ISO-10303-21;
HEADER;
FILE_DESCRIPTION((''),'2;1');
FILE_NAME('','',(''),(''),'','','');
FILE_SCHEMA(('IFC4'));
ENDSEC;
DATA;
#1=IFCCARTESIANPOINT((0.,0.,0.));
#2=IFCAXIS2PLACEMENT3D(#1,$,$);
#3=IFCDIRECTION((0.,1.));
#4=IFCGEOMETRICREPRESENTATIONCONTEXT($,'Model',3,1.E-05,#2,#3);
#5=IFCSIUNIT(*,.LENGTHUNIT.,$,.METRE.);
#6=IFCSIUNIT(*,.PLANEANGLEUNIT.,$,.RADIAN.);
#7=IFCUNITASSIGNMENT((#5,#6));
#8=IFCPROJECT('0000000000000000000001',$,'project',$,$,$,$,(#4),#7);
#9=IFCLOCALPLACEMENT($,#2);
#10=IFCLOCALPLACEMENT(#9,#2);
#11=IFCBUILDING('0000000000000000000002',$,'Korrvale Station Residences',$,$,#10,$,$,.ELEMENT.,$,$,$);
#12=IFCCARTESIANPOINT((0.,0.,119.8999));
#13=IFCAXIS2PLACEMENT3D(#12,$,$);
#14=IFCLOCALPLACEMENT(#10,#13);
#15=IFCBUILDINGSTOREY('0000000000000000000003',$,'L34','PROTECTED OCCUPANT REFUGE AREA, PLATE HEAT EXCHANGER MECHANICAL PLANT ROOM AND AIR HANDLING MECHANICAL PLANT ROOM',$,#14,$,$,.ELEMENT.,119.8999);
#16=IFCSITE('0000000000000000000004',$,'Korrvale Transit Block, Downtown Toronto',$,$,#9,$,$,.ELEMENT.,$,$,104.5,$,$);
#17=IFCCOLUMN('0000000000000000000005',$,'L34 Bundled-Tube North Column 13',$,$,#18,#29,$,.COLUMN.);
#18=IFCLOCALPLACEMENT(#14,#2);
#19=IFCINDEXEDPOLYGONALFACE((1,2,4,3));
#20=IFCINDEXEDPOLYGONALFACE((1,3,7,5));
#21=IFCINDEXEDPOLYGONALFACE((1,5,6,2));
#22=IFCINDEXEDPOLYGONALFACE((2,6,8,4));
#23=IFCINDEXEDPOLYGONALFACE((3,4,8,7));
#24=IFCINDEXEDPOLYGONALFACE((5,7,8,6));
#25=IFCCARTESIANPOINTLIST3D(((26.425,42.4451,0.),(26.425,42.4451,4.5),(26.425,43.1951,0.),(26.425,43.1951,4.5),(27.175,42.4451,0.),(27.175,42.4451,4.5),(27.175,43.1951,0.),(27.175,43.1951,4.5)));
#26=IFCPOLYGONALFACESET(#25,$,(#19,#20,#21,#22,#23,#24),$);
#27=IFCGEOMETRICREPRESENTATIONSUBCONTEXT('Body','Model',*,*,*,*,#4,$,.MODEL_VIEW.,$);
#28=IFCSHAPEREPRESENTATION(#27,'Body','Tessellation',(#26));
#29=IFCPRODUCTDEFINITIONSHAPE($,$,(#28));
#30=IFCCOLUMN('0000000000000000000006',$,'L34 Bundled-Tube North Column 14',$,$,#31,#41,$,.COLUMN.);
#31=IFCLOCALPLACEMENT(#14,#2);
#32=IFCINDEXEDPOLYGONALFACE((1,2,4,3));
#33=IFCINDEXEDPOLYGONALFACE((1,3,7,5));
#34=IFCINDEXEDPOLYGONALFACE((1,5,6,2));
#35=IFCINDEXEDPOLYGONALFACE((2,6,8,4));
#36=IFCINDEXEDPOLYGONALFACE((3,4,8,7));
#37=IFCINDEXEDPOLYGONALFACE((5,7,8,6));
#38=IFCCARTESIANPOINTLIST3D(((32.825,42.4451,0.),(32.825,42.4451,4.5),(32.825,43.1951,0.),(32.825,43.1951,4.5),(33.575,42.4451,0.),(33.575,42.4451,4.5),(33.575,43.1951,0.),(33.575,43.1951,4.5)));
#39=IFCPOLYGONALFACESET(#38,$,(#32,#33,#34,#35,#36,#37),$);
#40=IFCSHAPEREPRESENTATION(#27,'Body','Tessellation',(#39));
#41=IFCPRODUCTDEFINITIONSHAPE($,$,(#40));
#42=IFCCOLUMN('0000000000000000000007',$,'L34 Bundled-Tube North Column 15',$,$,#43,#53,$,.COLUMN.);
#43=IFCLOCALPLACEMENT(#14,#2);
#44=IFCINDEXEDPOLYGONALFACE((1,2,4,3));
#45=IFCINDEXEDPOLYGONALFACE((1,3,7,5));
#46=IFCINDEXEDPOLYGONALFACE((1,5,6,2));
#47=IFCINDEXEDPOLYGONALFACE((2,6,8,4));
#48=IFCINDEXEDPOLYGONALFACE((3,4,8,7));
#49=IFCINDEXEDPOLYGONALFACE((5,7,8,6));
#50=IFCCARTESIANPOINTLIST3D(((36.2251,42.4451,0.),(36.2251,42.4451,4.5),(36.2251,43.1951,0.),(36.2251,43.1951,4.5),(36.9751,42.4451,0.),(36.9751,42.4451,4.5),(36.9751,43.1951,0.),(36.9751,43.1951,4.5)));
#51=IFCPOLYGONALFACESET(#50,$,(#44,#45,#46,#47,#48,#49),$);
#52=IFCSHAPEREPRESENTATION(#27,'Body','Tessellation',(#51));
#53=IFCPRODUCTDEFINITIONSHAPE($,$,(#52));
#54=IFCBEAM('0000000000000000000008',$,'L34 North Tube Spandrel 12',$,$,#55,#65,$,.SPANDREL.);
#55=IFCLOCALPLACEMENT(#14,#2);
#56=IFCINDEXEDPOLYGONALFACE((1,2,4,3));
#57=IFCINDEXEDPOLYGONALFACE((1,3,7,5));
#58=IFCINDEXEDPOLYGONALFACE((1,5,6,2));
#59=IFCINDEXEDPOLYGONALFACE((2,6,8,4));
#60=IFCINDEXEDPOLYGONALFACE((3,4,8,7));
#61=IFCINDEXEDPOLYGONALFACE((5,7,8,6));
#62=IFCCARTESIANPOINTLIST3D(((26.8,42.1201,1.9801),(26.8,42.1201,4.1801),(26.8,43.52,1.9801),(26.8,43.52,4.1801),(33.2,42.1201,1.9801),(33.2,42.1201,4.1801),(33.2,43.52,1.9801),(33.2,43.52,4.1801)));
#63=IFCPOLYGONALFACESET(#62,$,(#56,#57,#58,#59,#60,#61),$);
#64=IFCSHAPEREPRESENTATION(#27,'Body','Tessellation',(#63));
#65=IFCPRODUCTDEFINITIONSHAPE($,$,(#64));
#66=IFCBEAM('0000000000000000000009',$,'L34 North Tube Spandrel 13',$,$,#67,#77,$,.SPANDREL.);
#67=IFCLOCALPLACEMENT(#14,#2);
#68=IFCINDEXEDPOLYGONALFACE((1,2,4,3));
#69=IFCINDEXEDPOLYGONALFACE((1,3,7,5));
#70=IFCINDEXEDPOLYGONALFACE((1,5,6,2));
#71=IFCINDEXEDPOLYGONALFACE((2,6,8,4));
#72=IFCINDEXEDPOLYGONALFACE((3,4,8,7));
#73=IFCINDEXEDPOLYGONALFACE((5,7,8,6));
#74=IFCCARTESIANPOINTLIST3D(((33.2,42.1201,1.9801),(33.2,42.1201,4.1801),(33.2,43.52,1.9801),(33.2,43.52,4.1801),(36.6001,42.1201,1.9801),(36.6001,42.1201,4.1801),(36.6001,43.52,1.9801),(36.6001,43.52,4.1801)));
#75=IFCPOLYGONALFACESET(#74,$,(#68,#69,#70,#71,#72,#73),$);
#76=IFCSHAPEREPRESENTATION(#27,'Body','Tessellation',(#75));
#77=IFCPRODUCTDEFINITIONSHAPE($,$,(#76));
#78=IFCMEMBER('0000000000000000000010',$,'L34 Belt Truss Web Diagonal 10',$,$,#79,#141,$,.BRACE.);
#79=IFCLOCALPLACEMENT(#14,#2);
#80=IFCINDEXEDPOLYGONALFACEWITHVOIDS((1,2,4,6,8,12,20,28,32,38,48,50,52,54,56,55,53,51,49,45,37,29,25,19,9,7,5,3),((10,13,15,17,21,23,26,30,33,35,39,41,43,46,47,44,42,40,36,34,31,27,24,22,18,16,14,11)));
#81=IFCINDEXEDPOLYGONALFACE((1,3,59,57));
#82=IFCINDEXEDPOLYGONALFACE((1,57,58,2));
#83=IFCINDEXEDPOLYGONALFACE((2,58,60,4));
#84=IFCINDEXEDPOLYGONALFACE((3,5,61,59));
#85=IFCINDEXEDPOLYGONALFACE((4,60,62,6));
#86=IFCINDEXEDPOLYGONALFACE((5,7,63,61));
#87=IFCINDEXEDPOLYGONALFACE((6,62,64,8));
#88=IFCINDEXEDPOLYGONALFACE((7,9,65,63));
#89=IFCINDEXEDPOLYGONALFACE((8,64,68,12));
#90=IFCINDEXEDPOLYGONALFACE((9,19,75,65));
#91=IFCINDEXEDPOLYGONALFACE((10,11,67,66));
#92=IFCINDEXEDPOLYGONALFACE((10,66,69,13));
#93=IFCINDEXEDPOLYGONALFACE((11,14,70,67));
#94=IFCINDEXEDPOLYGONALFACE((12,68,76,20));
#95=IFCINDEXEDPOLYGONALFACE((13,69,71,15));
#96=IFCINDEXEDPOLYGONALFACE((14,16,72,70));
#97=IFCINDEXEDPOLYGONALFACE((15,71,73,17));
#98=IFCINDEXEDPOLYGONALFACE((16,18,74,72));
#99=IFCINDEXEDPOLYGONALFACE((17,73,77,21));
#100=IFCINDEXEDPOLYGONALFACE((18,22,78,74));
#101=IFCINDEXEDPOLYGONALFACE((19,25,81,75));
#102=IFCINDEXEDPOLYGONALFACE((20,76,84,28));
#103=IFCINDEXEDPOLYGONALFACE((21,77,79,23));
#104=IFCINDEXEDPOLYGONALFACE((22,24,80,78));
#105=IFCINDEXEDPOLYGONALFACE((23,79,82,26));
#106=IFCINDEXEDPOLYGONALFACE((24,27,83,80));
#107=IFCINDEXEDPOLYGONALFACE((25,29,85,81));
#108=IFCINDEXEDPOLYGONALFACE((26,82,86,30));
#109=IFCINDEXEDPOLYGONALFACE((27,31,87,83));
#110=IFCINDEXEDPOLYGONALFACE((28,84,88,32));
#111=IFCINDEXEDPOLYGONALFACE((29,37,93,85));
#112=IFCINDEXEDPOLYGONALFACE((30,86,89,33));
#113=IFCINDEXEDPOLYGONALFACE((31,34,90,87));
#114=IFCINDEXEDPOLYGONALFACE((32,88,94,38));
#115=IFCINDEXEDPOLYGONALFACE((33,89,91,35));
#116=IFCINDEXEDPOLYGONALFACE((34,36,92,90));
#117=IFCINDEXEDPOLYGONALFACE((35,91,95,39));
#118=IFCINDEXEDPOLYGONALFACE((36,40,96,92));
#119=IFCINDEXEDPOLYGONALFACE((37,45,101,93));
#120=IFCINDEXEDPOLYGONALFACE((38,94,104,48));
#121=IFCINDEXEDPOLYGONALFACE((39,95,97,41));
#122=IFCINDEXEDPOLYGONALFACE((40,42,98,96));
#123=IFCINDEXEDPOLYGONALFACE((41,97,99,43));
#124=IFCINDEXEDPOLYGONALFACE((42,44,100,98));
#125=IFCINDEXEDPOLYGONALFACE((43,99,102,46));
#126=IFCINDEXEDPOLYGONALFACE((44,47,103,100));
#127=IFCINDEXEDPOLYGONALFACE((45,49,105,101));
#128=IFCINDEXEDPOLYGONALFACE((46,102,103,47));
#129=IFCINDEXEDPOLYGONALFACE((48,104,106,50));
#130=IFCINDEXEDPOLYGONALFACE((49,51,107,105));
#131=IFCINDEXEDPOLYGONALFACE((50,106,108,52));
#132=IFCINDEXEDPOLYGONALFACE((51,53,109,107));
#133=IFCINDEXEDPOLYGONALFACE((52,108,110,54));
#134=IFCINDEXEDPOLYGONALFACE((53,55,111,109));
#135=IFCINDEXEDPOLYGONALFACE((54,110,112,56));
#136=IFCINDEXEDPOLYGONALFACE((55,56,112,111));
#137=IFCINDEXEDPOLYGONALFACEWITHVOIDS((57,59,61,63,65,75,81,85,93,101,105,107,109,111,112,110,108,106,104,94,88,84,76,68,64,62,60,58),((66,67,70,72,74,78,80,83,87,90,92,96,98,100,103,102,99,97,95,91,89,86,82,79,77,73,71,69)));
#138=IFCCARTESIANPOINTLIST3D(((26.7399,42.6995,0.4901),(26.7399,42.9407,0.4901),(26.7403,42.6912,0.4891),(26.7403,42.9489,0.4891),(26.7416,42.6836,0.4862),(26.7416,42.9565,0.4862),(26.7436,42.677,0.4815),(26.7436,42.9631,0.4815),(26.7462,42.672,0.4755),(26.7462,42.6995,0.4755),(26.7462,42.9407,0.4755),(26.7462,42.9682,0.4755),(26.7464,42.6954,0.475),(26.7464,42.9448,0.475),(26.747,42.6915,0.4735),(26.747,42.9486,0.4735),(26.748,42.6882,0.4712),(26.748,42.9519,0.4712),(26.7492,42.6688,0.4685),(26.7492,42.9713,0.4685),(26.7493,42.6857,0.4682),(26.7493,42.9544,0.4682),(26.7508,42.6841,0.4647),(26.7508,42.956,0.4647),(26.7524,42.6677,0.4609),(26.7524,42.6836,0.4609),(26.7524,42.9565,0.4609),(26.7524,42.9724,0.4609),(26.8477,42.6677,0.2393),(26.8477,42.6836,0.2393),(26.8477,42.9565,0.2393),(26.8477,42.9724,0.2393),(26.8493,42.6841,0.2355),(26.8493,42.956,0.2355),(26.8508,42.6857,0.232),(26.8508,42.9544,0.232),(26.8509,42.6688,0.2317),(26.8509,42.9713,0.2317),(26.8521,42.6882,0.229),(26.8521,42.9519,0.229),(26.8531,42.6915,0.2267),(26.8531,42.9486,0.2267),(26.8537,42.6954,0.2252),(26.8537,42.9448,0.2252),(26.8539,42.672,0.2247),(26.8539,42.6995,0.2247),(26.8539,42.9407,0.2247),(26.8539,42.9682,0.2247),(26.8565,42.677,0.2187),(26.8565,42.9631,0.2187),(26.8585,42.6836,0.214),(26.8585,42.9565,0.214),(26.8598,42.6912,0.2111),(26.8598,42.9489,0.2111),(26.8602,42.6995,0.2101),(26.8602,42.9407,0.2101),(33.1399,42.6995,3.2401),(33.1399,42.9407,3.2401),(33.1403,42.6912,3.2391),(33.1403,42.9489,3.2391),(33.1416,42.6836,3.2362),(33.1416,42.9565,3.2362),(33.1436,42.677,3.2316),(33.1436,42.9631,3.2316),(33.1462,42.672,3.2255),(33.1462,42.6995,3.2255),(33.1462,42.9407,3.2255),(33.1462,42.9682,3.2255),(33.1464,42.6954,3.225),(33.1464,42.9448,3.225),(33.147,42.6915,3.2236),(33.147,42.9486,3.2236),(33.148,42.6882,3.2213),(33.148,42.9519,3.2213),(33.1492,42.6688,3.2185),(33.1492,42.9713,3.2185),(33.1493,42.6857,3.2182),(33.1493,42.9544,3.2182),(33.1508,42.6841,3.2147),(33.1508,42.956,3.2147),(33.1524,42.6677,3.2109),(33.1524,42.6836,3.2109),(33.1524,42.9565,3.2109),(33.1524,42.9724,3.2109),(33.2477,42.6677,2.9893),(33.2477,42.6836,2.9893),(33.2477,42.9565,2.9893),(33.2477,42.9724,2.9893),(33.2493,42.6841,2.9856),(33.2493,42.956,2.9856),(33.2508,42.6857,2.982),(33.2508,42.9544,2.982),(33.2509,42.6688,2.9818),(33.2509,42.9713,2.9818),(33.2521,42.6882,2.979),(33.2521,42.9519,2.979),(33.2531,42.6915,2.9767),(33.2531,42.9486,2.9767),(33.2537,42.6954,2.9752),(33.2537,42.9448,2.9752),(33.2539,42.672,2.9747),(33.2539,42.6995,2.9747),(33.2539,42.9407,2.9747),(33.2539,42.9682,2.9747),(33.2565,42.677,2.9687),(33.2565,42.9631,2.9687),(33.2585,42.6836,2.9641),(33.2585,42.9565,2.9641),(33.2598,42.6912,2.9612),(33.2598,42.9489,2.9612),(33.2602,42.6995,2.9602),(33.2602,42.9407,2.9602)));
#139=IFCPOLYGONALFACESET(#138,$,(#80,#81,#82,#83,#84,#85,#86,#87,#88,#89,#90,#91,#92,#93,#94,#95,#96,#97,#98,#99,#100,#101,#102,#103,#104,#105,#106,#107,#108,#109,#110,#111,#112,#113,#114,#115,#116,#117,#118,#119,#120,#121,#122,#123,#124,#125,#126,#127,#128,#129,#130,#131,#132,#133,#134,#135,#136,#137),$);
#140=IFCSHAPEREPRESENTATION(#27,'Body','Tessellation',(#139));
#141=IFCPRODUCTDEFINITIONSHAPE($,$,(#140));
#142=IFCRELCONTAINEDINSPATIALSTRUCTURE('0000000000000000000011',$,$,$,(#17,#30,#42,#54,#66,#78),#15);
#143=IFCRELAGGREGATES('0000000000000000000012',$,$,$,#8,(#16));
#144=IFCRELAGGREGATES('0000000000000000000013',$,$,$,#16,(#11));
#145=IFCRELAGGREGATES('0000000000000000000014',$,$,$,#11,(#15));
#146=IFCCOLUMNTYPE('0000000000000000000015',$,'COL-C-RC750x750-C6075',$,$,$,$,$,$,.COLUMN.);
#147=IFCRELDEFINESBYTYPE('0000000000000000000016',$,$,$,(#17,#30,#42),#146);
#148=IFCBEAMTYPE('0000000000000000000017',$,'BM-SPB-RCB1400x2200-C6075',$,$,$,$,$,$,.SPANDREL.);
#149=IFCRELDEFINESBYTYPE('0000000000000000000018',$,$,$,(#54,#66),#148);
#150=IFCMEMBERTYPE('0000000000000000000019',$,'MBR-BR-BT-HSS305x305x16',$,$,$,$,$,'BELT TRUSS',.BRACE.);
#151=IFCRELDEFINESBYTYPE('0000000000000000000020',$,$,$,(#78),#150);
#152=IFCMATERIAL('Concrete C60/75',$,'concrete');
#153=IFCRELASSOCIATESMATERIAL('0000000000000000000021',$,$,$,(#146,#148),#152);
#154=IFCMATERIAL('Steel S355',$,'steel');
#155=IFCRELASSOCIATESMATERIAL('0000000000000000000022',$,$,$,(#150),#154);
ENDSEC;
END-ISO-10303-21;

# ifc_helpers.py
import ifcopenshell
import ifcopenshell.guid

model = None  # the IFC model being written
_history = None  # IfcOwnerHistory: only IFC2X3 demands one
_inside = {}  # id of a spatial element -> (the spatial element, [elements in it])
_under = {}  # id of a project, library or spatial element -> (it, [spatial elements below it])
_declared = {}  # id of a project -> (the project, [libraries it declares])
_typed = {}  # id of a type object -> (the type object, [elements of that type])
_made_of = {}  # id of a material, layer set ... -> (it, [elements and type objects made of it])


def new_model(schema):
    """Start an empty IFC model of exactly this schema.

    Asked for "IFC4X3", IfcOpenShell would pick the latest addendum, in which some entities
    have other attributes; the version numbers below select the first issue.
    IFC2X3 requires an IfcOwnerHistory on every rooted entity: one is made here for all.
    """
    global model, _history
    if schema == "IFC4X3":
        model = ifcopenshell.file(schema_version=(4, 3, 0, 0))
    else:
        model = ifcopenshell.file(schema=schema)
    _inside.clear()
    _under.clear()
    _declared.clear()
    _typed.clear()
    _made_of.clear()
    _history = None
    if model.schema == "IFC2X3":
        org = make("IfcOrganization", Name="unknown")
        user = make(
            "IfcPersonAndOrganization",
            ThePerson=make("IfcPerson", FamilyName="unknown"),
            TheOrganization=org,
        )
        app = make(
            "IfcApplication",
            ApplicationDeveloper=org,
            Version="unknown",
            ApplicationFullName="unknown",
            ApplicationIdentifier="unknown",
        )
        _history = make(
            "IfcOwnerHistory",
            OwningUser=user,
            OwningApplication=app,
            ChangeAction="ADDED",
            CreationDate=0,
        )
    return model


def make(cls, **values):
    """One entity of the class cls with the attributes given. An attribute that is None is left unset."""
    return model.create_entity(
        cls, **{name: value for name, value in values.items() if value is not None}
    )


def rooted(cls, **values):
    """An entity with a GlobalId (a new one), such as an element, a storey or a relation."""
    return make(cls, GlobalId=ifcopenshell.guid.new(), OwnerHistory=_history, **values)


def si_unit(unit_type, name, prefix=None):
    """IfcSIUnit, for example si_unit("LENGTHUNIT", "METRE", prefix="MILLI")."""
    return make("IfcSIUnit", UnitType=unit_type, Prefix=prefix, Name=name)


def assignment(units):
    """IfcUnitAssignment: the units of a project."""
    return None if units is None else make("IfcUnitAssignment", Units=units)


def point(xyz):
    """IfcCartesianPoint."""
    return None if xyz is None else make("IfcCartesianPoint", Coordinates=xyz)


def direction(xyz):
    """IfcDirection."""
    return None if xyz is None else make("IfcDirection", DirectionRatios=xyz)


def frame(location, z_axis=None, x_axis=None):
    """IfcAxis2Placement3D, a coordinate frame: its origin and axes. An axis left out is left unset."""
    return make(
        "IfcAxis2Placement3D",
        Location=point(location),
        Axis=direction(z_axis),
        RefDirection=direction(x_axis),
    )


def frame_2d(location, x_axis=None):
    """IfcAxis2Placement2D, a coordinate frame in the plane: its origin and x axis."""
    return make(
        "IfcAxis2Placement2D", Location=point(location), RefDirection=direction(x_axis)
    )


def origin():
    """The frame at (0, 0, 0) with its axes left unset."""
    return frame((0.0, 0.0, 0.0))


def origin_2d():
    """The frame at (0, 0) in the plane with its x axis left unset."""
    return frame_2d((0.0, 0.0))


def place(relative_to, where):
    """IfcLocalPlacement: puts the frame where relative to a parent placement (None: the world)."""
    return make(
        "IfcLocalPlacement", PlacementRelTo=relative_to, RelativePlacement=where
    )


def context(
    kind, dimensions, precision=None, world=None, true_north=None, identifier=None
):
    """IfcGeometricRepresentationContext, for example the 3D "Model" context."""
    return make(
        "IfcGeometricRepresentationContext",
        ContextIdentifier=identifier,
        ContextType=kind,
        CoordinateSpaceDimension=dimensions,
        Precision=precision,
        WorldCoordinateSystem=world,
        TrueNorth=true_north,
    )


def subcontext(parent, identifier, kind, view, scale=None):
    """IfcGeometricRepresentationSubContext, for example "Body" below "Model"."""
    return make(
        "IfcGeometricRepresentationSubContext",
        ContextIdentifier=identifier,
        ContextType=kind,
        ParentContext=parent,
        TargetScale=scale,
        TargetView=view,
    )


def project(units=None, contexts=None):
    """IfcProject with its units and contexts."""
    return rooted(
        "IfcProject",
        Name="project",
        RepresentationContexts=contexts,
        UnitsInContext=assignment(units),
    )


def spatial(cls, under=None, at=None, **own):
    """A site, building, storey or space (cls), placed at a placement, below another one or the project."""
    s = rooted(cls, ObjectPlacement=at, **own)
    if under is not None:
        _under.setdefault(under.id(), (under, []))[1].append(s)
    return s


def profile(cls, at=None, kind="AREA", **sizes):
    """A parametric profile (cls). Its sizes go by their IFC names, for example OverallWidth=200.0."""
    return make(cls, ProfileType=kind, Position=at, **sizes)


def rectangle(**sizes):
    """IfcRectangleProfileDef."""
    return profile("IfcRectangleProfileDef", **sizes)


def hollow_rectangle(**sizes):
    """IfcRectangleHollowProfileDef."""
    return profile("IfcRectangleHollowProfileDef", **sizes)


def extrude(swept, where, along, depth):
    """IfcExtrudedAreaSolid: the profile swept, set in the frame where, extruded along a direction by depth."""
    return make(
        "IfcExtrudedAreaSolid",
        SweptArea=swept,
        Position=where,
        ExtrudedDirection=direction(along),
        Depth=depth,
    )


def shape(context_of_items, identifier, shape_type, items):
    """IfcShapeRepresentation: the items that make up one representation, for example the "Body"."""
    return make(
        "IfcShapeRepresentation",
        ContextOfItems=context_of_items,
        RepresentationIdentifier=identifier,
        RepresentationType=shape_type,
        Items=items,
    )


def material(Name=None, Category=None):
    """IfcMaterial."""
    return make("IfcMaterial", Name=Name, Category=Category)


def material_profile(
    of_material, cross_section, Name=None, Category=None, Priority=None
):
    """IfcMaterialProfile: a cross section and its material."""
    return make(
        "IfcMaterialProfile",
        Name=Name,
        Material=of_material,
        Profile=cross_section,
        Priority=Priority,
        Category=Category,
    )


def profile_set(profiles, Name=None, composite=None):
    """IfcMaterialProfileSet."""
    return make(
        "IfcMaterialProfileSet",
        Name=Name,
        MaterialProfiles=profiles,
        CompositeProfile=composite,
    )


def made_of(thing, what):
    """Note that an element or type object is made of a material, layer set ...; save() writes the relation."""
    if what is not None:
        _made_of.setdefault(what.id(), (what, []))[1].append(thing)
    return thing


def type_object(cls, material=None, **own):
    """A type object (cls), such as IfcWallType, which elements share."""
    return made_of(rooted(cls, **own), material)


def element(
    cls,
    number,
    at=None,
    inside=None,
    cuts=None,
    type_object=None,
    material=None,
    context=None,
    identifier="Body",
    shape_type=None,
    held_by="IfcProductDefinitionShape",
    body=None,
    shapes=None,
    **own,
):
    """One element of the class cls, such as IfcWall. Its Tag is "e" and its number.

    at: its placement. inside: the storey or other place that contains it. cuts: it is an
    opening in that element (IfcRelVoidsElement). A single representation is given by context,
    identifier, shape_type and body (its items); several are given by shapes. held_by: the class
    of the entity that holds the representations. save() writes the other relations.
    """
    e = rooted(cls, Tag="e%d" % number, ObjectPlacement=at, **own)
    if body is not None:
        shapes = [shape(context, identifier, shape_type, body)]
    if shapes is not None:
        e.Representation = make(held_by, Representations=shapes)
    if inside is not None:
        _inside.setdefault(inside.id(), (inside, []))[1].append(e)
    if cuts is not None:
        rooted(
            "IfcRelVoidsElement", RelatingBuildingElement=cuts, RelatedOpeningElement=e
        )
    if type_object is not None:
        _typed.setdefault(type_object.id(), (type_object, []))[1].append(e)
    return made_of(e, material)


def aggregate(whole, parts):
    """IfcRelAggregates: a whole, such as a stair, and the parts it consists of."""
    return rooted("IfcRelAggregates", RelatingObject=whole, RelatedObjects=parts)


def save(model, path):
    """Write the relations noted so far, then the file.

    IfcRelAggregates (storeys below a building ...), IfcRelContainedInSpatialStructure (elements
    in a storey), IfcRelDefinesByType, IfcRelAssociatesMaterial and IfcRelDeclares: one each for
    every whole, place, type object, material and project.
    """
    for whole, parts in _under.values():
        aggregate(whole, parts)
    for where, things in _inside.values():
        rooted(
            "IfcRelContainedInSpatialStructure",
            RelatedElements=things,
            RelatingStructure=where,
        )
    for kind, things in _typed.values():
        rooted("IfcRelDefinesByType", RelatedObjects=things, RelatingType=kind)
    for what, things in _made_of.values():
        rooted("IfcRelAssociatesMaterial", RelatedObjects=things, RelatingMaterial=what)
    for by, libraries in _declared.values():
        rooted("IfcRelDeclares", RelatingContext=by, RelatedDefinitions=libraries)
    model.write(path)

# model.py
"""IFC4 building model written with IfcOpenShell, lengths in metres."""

from ifc_helpers import new_model, si_unit, direction, frame, origin, origin_2d, place, context, subcontext, project, spatial, rectangle, hollow_rectangle, extrude, material, material_profile, profile_set, type_object, element, save


model = new_model("IFC4")

# Units and contexts
model_context = context("Model", 3, precision=1e-05, world=origin(), true_north=direction((0.0, 1.0)))
body_context = subcontext(model_context, "Body", "Model", "MODEL_VIEW")
ifc_project = project(units=[si_unit("LENGTHUNIT", "METRE"), si_unit("PLANEANGLEUNIT", "RADIAN")], contexts=[model_context])

# Site, building, storey
site_placement = place(None, origin())
site = spatial("IfcSite", under=ifc_project, at=site_placement, Name="Korrvale Transit Block, Downtown Toronto", CompositionType="ELEMENT", RefElevation=104.5)
building_placement = place(site_placement, origin())
building = spatial("IfcBuilding", under=site, at=building_placement, Name="Korrvale Station Residences", CompositionType="ELEMENT")
storey_placement = place(building_placement, frame((0.0, 0.0, 119.8999)))
storey = spatial("IfcBuildingStorey", under=building, at=storey_placement, Name="L34", Description="PROTECTED OCCUPANT REFUGE AREA, PLATE HEAT EXCHANGER MECHANICAL PLANT ROOM AND AIR HANDLING MECHANICAL PLANT ROOM", CompositionType="ELEMENT", Elevation=119.8999)

# Columns
ifc_material_1 = material(Name="Concrete C60/75", Category="concrete")
ifc_material_profile_1 = material_profile(ifc_material_1, rectangle(XDim=0.75, YDim=0.75, at=origin_2d()), Name="RC750x750")
ifc_profile_set_1 = profile_set([ifc_material_profile_1], Name="Concrete C60/75")
column_type = type_object("IfcColumnType", Name="COL-C-RC750x750-C6075", PredefinedType="COLUMN", material=ifc_profile_set_1)
for number, where, z_axis, x_axis, name in (
    (1, (26.8, 42.8201, 0.0), (0.0, 0.0, 1.0), (1.0, 0.0, 0.0), "L34 Bundled-Tube North Column 13"),
    (2, (33.2, 42.8201, 0.0), (0.0, 0.0, 1.0), (1.0, 0.0, 0.0), "L34 Bundled-Tube North Column 14"),
    (3, (36.6001, 42.8201, 0.0), (0.0, 0.0, 1.0), (1.0, 0.0, 0.0), "L34 Bundled-Tube North Column 15"),
):
    element("IfcColumn", number, at=place(storey_placement, frame(where, z_axis=z_axis, x_axis=x_axis)), inside=storey, type_object=column_type, Name=name, PredefinedType="COLUMN", context=body_context, shape_type="SweptSolid", body=[
        extrude(rectangle(XDim=0.75, YDim=0.75, at=origin_2d()), origin(), (0.0, 0.0, 1.0), 4.5),
    ])

# Beams
ifc_material_profile_2 = material_profile(ifc_material_1, rectangle(XDim=1.3999, YDim=2.2, at=origin_2d()), Name="RCB1400x2200")
ifc_profile_set_2 = profile_set([ifc_material_profile_2], Name="Concrete C60/75")
beam_type = type_object("IfcBeamType", Name="BM-SPB-RCB1400x2200-C6075", PredefinedType="SPANDREL", material=ifc_profile_set_2)
beam_1_placement = place(storey_placement, frame((26.8, 42.8201, 3.0801), z_axis=(1.0, 0.0, 0.0), x_axis=(0.0, 1.0, 0.0)))
element("IfcBeam", 4, at=beam_1_placement, inside=storey, type_object=beam_type, Name="L34 North Tube Spandrel 12", PredefinedType="SPANDREL", context=body_context, shape_type="SweptSolid", body=[
    extrude(rectangle(XDim=1.3999, YDim=2.2, at=origin_2d()), origin(), (0.0, 0.0, 1.0), 6.3999),
])
beam_2_placement = place(storey_placement, frame((33.2, 42.8201, 3.0801), z_axis=(1.0, 0.0, 0.0), x_axis=(0.0, 1.0, 0.0)))
element("IfcBeam", 5, at=beam_2_placement, inside=storey, type_object=beam_type, Name="L34 North Tube Spandrel 13", PredefinedType="SPANDREL", context=body_context, shape_type="SweptSolid", body=[
    extrude(rectangle(XDim=1.3999, YDim=2.2, at=origin_2d()), origin(), (0.0, 0.0, 1.0), 3.4001),
])

# Member
ifc_material_2 = material(Name="Steel S355", Category="steel")
ifc_material_profile_3 = material_profile(ifc_material_2, hollow_rectangle(XDim=0.3047, YDim=0.3047, WallThickness=0.0159, InnerFilletRadius=0.0159, OuterFilletRadius=0.0317, at=origin_2d()), Name="HSS305x305x16")
ifc_profile_set_3 = profile_set([ifc_material_profile_3], Name="Steel S355")
member_type_1 = type_object("IfcMemberType", Name="MBR-BR-BT-HSS305x305x16", ElementType="BELT TRUSS", PredefinedType="BRACE", material=ifc_profile_set_3)
member_1_placement = place(storey_placement, frame((26.8, 42.8201, 0.3501), z_axis=(0.918771, 0.0, 0.394791), x_axis=(0.0, 1.0, 0.0)))
element("IfcMember", 6, at=member_1_placement, inside=storey, type_object=member_type_1, Name="L34 Belt Truss Web Diagonal 10", PredefinedType="BRACE", context=body_context, shape_type="SweptSolid", body=[
    extrude(hollow_rectangle(XDim=0.3047, YDim=0.3047, WallThickness=0.0159, InnerFilletRadius=0.0159, OuterFilletRadius=0.0317, at=origin_2d()), origin(), (0.0, 0.0, 1.0), 6.9658),
])

save(model, "model.ifc")
